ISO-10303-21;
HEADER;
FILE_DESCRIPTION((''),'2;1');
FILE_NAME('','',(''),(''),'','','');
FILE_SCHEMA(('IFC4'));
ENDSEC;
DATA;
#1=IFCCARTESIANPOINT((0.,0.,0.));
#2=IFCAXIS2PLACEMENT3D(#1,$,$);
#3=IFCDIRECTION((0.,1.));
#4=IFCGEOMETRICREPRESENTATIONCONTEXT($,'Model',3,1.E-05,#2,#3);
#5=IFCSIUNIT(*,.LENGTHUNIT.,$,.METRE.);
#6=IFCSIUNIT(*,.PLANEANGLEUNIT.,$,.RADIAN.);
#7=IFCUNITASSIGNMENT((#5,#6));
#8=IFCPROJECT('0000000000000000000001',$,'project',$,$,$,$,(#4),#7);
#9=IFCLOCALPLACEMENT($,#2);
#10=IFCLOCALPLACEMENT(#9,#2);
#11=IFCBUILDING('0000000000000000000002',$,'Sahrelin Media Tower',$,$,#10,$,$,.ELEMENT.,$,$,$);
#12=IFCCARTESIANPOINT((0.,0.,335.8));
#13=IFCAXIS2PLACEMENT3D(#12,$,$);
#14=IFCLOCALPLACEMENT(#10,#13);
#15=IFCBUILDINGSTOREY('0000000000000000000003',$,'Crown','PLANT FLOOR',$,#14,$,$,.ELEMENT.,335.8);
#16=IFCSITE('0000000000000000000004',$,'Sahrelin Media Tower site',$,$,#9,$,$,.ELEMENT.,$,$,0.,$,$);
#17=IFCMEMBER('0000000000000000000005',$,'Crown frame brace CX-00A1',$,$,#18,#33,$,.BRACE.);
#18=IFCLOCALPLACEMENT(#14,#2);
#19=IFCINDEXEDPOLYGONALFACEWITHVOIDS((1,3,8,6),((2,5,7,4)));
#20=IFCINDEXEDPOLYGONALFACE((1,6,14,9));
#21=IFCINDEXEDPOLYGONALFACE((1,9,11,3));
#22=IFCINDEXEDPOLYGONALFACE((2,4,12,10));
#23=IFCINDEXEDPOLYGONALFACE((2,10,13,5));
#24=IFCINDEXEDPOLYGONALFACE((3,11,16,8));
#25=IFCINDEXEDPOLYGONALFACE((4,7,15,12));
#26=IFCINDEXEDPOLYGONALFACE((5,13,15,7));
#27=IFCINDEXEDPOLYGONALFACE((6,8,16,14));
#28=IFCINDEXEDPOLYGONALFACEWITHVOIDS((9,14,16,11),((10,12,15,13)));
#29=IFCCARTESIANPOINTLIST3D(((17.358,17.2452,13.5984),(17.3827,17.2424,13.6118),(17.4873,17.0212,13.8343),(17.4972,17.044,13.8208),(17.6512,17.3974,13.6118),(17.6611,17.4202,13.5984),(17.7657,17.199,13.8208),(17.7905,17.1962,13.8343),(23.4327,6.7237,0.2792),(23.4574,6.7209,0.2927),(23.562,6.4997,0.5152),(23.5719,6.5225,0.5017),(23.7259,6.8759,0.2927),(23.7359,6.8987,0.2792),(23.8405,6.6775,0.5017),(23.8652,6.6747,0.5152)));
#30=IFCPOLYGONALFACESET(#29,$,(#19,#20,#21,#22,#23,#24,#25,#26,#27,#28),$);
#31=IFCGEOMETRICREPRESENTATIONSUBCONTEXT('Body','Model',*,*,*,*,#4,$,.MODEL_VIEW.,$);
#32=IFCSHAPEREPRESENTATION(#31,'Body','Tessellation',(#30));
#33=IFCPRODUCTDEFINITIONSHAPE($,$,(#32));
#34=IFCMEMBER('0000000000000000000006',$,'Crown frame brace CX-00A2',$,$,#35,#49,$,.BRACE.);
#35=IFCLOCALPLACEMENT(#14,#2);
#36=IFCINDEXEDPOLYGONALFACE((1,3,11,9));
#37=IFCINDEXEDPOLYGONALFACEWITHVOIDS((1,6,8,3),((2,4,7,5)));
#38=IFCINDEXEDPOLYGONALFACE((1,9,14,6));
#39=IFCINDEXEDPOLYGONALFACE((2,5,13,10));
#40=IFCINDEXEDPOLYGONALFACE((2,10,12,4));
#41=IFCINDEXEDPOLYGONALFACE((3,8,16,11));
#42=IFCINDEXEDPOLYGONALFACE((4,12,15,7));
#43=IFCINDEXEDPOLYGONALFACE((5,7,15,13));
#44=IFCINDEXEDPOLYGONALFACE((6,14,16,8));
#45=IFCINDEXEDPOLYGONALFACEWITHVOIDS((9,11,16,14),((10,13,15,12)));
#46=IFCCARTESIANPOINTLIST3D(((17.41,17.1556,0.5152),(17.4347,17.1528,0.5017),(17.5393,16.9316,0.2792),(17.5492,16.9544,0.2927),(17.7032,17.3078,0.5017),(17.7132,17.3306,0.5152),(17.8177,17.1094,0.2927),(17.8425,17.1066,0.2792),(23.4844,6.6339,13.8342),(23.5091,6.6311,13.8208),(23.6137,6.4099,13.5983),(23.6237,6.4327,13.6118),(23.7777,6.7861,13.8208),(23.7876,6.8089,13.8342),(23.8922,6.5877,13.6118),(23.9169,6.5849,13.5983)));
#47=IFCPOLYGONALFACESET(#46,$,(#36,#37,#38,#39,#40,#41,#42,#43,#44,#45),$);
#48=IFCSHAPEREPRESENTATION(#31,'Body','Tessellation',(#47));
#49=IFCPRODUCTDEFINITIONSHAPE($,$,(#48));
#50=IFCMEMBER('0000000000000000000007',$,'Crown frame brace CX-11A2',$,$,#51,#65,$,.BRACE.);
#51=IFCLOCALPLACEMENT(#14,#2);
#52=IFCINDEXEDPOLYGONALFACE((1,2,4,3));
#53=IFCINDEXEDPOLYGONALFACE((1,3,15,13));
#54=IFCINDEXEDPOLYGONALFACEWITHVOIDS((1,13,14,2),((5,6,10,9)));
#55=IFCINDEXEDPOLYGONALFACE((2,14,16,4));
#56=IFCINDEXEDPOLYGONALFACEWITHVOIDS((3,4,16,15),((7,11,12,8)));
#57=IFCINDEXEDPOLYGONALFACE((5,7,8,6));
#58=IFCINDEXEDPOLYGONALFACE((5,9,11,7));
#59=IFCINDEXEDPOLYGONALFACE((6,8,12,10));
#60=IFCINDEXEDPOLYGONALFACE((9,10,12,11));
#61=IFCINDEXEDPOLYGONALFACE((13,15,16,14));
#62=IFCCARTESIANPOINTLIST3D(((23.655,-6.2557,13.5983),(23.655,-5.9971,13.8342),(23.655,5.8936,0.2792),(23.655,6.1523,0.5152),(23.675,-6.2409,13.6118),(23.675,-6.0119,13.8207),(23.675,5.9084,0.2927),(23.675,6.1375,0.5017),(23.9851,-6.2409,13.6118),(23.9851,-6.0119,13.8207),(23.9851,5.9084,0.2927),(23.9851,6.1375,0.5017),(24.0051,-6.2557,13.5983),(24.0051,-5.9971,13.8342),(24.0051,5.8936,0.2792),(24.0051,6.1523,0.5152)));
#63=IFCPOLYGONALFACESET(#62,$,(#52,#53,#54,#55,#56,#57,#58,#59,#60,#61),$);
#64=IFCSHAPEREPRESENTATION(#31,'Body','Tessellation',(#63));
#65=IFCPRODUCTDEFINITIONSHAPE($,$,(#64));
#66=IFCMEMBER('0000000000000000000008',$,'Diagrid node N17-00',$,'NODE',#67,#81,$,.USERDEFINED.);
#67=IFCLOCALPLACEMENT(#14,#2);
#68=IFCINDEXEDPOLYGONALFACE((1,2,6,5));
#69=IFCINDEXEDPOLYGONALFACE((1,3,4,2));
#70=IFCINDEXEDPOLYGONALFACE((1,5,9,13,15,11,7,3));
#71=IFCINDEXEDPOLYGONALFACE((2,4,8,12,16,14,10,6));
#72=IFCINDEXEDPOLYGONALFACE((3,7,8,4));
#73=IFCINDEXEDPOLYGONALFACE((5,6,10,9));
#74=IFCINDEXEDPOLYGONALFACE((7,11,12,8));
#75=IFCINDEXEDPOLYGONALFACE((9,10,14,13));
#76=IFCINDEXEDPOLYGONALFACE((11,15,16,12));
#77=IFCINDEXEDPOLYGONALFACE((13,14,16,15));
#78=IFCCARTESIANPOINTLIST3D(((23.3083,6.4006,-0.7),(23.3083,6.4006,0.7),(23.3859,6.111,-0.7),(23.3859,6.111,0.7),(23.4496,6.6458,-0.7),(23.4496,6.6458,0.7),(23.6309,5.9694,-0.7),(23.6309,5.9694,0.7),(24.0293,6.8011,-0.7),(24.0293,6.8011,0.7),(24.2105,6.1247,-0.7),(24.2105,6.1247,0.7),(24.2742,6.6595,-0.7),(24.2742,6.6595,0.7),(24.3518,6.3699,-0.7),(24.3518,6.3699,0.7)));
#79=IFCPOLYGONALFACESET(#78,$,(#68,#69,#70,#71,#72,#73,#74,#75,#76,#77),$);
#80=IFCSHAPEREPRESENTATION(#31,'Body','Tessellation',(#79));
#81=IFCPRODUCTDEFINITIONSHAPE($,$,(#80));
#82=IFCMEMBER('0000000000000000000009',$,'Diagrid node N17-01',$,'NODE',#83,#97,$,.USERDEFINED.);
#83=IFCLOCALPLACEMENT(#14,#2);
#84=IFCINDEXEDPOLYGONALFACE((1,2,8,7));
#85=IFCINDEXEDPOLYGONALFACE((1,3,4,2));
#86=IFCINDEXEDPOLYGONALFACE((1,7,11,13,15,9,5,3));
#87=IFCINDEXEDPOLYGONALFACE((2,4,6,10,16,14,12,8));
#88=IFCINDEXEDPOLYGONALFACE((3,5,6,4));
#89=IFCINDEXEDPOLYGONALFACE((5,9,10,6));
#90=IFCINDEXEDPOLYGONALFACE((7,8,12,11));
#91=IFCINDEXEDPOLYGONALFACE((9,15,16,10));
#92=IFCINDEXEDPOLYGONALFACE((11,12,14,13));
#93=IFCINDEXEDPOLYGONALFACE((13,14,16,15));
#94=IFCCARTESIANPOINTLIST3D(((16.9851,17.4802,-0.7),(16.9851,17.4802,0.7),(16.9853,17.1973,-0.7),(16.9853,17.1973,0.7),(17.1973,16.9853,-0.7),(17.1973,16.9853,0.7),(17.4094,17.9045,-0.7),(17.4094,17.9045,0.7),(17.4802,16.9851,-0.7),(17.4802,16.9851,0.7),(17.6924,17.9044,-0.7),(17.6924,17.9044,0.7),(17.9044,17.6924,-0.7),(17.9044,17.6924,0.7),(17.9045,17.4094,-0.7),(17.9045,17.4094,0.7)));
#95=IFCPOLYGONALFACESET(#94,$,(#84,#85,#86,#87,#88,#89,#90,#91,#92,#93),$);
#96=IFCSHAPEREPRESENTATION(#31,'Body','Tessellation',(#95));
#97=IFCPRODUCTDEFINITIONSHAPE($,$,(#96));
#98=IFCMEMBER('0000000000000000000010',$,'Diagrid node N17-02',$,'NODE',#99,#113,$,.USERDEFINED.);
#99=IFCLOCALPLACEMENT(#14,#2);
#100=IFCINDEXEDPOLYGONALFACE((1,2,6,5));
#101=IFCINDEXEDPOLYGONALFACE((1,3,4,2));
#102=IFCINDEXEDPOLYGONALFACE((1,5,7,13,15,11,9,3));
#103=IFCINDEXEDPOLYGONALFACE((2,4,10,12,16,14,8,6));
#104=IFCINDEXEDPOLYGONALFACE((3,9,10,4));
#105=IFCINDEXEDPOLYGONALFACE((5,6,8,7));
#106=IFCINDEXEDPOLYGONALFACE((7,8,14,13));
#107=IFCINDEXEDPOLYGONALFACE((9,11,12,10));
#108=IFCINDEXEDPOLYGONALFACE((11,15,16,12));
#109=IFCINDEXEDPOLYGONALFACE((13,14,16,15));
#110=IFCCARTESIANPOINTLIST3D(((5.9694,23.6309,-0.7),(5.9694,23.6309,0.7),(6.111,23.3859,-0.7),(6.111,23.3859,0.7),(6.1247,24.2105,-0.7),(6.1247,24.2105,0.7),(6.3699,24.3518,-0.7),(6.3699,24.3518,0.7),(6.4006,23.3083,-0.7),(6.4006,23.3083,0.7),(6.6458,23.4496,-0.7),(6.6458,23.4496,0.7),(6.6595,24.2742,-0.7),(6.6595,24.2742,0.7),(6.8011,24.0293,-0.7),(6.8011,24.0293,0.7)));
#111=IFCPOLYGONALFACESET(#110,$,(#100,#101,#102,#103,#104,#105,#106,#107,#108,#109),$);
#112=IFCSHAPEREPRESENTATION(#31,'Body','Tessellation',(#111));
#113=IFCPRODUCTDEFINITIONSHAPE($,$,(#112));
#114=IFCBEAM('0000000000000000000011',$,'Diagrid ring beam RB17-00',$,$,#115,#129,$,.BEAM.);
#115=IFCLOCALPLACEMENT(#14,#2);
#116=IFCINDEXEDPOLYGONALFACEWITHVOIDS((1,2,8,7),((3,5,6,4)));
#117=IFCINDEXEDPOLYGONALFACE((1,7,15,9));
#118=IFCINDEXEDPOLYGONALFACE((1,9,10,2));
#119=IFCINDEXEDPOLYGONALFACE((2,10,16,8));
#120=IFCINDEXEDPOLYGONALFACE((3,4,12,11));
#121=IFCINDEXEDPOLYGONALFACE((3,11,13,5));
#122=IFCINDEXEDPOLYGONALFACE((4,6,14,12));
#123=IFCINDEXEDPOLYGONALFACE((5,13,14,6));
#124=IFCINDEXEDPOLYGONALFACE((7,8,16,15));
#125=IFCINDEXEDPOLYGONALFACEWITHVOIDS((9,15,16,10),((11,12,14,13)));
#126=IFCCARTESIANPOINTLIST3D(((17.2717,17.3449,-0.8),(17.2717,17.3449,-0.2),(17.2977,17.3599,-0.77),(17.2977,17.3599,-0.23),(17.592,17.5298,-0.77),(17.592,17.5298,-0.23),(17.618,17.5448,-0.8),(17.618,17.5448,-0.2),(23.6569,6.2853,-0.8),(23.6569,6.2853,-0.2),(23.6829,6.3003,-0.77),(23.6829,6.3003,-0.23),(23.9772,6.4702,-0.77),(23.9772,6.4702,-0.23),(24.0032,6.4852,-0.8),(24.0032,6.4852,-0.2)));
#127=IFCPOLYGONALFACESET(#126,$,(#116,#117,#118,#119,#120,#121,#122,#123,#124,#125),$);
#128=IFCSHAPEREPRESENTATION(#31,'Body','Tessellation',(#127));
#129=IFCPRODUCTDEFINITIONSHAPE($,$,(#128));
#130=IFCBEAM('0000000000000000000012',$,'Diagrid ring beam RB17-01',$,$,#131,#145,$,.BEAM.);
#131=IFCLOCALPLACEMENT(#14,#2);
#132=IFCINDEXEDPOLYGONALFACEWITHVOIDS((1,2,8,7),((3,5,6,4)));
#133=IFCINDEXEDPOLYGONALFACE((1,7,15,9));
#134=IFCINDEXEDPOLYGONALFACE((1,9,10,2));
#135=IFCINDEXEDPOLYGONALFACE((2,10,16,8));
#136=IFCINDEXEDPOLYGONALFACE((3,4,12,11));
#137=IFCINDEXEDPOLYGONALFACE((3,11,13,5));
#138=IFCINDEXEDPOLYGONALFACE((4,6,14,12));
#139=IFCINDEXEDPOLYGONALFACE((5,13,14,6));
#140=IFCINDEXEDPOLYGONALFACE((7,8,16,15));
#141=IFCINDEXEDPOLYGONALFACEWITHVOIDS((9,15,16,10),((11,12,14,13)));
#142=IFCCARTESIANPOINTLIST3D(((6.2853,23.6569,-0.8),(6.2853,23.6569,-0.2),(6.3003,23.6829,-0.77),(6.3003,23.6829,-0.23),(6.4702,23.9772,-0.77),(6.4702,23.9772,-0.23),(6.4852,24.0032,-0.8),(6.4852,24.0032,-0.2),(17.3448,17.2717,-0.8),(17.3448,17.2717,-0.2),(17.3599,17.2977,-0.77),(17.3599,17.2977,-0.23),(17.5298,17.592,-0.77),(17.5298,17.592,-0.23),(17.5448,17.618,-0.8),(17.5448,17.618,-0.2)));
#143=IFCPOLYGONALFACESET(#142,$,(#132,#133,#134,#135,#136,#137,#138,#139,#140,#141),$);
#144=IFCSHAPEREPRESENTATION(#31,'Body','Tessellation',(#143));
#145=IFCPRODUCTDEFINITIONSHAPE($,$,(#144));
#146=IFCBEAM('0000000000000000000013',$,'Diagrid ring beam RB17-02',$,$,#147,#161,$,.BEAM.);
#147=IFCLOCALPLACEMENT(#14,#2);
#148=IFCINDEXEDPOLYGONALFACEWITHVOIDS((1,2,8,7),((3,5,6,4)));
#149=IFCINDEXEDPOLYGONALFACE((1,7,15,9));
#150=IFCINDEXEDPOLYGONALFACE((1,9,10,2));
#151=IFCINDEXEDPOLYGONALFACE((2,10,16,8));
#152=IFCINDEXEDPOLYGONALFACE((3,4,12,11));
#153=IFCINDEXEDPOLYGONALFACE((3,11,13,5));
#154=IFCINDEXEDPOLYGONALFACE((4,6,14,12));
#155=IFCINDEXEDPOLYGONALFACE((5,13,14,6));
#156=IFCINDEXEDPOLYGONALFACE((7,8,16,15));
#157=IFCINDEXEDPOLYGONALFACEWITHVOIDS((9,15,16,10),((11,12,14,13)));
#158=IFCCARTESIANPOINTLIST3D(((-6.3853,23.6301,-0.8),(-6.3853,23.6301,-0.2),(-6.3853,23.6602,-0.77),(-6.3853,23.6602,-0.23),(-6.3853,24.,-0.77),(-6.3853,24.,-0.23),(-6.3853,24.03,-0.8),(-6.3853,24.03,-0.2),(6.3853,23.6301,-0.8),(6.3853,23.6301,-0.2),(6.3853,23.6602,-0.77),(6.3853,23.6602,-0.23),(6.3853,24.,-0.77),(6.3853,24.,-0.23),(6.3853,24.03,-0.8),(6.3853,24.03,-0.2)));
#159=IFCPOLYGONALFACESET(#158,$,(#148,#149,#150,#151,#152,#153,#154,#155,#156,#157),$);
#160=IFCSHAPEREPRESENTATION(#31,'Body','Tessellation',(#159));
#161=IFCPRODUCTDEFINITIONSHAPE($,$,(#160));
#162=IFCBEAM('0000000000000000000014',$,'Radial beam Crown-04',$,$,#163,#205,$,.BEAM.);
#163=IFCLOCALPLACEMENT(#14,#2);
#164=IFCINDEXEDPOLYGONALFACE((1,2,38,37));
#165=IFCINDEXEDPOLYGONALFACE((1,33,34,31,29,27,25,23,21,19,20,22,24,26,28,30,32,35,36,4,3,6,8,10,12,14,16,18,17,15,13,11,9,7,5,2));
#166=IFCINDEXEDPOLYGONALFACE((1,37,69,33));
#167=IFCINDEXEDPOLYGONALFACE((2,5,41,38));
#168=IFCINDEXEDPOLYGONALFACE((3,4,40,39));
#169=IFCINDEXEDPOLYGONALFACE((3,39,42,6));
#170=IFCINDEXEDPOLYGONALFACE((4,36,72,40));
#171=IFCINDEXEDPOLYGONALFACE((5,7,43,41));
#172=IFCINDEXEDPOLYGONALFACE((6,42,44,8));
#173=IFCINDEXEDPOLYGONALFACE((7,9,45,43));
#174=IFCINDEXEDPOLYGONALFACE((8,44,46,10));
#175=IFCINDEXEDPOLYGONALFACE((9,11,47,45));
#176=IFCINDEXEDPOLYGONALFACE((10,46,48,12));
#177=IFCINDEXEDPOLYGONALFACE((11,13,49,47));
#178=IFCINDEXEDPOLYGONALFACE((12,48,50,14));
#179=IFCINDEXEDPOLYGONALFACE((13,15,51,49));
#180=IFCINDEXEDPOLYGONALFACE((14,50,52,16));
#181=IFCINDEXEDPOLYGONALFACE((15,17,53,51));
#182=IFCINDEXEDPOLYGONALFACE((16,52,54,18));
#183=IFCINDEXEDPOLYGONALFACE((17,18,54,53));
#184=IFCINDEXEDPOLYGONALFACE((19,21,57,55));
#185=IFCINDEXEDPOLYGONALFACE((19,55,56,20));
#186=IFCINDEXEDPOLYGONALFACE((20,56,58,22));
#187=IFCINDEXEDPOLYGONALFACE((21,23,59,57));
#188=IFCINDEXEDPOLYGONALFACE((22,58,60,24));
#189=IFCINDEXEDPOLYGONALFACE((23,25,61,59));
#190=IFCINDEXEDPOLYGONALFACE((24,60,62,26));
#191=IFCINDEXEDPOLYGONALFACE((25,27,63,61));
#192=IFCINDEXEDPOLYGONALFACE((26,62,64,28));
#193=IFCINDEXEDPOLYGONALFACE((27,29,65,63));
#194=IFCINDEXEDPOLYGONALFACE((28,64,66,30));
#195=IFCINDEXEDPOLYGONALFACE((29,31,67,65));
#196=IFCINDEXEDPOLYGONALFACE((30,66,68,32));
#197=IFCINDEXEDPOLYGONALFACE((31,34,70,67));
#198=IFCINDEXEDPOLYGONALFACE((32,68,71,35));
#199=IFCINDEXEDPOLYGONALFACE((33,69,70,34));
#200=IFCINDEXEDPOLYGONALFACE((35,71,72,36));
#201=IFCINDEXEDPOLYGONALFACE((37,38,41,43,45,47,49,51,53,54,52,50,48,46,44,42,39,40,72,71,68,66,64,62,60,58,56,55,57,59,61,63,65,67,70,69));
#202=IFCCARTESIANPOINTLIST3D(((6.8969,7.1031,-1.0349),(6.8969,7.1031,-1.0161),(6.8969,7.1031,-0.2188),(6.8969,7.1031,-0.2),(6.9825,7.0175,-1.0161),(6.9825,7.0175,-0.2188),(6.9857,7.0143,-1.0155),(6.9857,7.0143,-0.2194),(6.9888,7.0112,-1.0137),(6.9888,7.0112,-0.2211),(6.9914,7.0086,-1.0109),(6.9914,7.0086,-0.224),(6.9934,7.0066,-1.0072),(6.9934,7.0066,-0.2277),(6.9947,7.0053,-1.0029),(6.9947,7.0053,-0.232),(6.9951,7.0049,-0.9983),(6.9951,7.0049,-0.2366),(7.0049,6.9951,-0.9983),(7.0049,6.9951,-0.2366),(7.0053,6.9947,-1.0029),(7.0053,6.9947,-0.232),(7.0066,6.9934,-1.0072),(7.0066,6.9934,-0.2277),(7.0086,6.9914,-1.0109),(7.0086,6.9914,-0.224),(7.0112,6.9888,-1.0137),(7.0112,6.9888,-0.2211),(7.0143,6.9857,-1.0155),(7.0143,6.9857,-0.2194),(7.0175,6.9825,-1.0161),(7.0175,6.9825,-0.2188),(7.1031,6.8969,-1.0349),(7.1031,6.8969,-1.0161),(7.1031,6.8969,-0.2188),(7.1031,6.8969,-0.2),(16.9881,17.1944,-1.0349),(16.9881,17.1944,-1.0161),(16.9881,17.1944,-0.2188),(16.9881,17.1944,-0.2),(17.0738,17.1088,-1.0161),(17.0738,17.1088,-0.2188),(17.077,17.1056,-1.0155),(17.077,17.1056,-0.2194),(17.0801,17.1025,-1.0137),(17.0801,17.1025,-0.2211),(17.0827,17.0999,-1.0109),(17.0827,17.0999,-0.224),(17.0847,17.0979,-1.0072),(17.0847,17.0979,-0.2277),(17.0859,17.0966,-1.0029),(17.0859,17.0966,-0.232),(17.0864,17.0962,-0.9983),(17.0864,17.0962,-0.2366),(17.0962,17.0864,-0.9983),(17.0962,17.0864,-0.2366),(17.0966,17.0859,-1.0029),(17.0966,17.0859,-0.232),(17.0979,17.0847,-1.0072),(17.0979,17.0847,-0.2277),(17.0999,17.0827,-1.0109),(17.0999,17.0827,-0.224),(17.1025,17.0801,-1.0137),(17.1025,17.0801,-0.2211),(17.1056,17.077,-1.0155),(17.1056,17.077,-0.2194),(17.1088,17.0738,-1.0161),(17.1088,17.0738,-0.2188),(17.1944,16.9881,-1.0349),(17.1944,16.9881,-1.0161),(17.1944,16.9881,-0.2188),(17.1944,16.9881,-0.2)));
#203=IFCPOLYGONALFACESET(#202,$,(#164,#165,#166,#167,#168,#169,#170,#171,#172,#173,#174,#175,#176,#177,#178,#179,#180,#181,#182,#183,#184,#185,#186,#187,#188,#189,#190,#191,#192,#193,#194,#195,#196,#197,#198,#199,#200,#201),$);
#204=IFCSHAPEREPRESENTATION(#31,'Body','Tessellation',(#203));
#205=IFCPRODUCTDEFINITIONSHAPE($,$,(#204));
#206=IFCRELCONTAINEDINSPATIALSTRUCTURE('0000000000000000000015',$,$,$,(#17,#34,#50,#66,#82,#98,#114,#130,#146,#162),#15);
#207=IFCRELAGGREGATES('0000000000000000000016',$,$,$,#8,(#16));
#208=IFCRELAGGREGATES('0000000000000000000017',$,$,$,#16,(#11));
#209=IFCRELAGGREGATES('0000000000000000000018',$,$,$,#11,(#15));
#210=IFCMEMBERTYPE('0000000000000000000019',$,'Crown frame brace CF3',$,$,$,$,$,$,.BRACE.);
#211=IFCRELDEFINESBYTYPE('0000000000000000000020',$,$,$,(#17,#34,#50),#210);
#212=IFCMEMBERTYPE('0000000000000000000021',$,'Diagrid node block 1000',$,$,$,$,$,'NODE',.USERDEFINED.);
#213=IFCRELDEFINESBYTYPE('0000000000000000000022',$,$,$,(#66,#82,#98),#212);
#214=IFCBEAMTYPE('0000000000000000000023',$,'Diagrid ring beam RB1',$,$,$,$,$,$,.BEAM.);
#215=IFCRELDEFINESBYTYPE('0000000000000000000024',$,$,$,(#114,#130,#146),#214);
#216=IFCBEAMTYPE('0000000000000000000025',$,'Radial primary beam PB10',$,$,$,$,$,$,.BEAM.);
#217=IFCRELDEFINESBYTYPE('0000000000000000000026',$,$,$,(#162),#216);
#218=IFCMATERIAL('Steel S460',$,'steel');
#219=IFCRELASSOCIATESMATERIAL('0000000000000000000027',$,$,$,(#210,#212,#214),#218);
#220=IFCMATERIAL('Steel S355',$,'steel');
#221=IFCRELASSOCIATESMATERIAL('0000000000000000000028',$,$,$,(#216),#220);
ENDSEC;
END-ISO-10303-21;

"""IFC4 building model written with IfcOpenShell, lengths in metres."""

from ifc_helpers import new_model, si_unit, direction, frame, origin, origin_2d, place, context, subcontext, project, spatial, polyline, hollow_rectangle, i_section, outline, extrude, material, material_profile, profile_set, type_object, element, save


model = new_model("IFC4")

# Units and contexts
model_context = context("Model", 3, precision=1e-05, world=origin(), true_north=direction((0.0, 1.0)))
body_context = subcontext(model_context, "Body", "Model", "MODEL_VIEW")
ifc_project = project(units=[si_unit("LENGTHUNIT", "METRE"), si_unit("PLANEANGLEUNIT", "RADIAN")], contexts=[model_context])

# Site, building, storey
site_placement = place(None, origin())
site = spatial("IfcSite", under=ifc_project, at=site_placement, Name="Sahrelin Media Tower site", CompositionType="ELEMENT", RefElevation=0.0)
building_placement = place(site_placement, origin())
building = spatial("IfcBuilding", under=site, at=building_placement, Name="Sahrelin Media Tower", CompositionType="ELEMENT")
storey_placement = place(building_placement, frame((0.0, 0.0, 335.8)))
storey = spatial("IfcBuildingStorey", under=building, at=storey_placement, Name="Crown", Description="PLANT FLOOR", CompositionType="ELEMENT", Elevation=335.8)

# Members
ifc_material_1 = material(Name="Steel S460", Category="steel")
ifc_material_profile_1 = material_profile(ifc_material_1, hollow_rectangle(XDim=0.3501, YDim=0.3501, WallThickness=0.02, at=origin_2d()), Name="Crown frame brace CF3")
ifc_profile_set_1 = profile_set([ifc_material_profile_1], Name="Steel S460")
member_type_1 = type_object("IfcMemberType", Name="Crown frame brace CF3", PredefinedType="BRACE", material=ifc_profile_set_1)
for number, where, z_axis, x_axis, name in (
    (1, (23.6489, 6.6992, 0.3972), (-0.336963, 0.583625, 0.738808), (-0.866021, -0.500008, 0.0), "Crown frame brace CX-00A1"),
    (2, (17.6262, 17.1311, 0.3972), (0.336948, -0.583637, 0.738806), (0.866035, 0.499984, 0.0), "Crown frame brace CX-00A2"),
    (3, (23.8301, 6.0229, 0.3972), (0.0, -0.673922, 0.738803), (1.0, 0.0, 0.0), "Crown frame brace CX-11A2"),
):
    element("IfcMember", number, at=place(storey_placement, frame(where, z_axis=z_axis, x_axis=x_axis)), inside=storey, type_object=member_type_1, Name=name, PredefinedType="BRACE", context=body_context, shape_type="SweptSolid", body=[
        extrude(hollow_rectangle(XDim=0.3501, YDim=0.3501, WallThickness=0.02, at=origin_2d()), origin(), (0.0, 0.0, 1.0), 18.0278),
    ])
ifc_material_profile_2 = material_profile(ifc_material_1, outline(polyline([(0.3, -0.3501), (0.5, -0.1499), (0.5, 0.1499), (0.3, 0.3501), (-0.3, 0.3501), (-0.5, 0.1499), (-0.5, -0.1499), (-0.3, -0.3501), (0.3, -0.3501)])), Name="Diagrid node block 1000")
ifc_profile_set_2 = profile_set([ifc_material_profile_2], Name="Steel S460")
member_type_2 = type_object("IfcMemberType", Name="Diagrid node block 1000", ElementType="NODE", PredefinedType="USERDEFINED", material=ifc_profile_set_2)
for number, where, z_axis, x_axis, name in (
    (4, (23.8301, 6.3853, -0.7), (0.0, 0.0, 1.0), (0.965926, 0.258819, 0.0), "Diagrid node N17-00"),
    (5, (17.4448, 17.4448, -0.7), (0.0, 0.0, 1.0), (0.707107, 0.707107, 0.0), "Diagrid node N17-01"),
    (6, (6.3853, 23.8301, -0.7), (0.0, 0.0, 1.0), (0.258819, 0.965926, 0.0), "Diagrid node N17-02"),
):
    element("IfcMember", number, at=place(storey_placement, frame(where, z_axis=z_axis, x_axis=x_axis)), inside=storey, type_object=member_type_2, Name=name, ObjectType="NODE", PredefinedType="USERDEFINED", context=body_context, shape_type="SweptSolid", body=[
        extrude(outline(polyline([(0.3, -0.3501), (0.5, -0.1499), (0.5, 0.1499), (0.3, 0.3501), (-0.3, 0.3501), (-0.5, 0.1499), (-0.5, -0.1499), (-0.3, -0.3501), (0.3, -0.3501)])), origin(), (0.0, 0.0, 1.0), 1.3999),
    ])

# Beams
ifc_material_profile_3 = material_profile(ifc_material_1, hollow_rectangle(XDim=0.3999, YDim=0.6001, WallThickness=0.03, at=origin_2d()), Name="Diagrid ring beam RB1")
ifc_profile_set_3 = profile_set([ifc_material_profile_3], Name="Steel S460")
beam_type_1 = type_object("IfcBeamType", Name="Diagrid ring beam RB1", PredefinedType="BEAM", material=ifc_profile_set_3)
for number, where, z_axis, x_axis, name in (
    (7, (23.8301, 6.3853, -0.5), (-0.5, 0.866025, 0.0), (-0.866025, -0.5, 0.0), "Diagrid ring beam RB17-00"),
    (8, (17.4448, 17.4448, -0.5), (-0.866025, 0.5, 0.0), (-0.5, -0.866025, 0.0), "Diagrid ring beam RB17-01"),
    (9, (6.3853, 23.8301, -0.5), (-1.0, 0.0, 0.0), (0.0, -1.0, 0.0), "Diagrid ring beam RB17-02"),
):
    element("IfcBeam", number, at=place(storey_placement, frame(where, z_axis=z_axis, x_axis=x_axis)), inside=storey, type_object=beam_type_1, Name=name, PredefinedType="BEAM", context=body_context, shape_type="SweptSolid", body=[
        extrude(hollow_rectangle(XDim=0.3999, YDim=0.6001, WallThickness=0.03, at=origin_2d()), origin(), (0.0, 0.0, 1.0), 12.7705),
    ])
ifc_material_2 = material(Name="Steel S355", Category="steel")
ifc_material_profile_4 = material_profile(ifc_material_2, i_section(OverallWidth=0.2917, OverallDepth=0.835, WebThickness=0.0139, FlangeThickness=0.0188, FilletRadius=0.0178, at=origin_2d()), Name="UB 838x292x176")
ifc_profile_set_4 = profile_set([ifc_material_profile_4], Name="Steel S355")
beam_type_2 = type_object("IfcBeamType", Name="Radial primary beam PB10", PredefinedType="BEAM", material=ifc_profile_set_4)
beam_1_placement = place(storey_placement, frame((7.0, 7.0, -0.6174), z_axis=(0.707107, 0.707107, 0.0), x_axis=(-0.707107, 0.707107, 0.0)))
element("IfcBeam", 10, at=beam_1_placement, inside=storey, type_object=beam_type_2, Name="Radial beam Crown-04", PredefinedType="BEAM", context=body_context, shape_type="SweptSolid", body=[
    extrude(i_section(OverallWidth=0.2917, OverallDepth=0.835, WebThickness=0.0139, FlangeThickness=0.0188, FilletRadius=0.0178, at=origin_2d()), origin(), (0.0, 0.0, 1.0), 14.2712),
])

save(model, "model.ifc")
